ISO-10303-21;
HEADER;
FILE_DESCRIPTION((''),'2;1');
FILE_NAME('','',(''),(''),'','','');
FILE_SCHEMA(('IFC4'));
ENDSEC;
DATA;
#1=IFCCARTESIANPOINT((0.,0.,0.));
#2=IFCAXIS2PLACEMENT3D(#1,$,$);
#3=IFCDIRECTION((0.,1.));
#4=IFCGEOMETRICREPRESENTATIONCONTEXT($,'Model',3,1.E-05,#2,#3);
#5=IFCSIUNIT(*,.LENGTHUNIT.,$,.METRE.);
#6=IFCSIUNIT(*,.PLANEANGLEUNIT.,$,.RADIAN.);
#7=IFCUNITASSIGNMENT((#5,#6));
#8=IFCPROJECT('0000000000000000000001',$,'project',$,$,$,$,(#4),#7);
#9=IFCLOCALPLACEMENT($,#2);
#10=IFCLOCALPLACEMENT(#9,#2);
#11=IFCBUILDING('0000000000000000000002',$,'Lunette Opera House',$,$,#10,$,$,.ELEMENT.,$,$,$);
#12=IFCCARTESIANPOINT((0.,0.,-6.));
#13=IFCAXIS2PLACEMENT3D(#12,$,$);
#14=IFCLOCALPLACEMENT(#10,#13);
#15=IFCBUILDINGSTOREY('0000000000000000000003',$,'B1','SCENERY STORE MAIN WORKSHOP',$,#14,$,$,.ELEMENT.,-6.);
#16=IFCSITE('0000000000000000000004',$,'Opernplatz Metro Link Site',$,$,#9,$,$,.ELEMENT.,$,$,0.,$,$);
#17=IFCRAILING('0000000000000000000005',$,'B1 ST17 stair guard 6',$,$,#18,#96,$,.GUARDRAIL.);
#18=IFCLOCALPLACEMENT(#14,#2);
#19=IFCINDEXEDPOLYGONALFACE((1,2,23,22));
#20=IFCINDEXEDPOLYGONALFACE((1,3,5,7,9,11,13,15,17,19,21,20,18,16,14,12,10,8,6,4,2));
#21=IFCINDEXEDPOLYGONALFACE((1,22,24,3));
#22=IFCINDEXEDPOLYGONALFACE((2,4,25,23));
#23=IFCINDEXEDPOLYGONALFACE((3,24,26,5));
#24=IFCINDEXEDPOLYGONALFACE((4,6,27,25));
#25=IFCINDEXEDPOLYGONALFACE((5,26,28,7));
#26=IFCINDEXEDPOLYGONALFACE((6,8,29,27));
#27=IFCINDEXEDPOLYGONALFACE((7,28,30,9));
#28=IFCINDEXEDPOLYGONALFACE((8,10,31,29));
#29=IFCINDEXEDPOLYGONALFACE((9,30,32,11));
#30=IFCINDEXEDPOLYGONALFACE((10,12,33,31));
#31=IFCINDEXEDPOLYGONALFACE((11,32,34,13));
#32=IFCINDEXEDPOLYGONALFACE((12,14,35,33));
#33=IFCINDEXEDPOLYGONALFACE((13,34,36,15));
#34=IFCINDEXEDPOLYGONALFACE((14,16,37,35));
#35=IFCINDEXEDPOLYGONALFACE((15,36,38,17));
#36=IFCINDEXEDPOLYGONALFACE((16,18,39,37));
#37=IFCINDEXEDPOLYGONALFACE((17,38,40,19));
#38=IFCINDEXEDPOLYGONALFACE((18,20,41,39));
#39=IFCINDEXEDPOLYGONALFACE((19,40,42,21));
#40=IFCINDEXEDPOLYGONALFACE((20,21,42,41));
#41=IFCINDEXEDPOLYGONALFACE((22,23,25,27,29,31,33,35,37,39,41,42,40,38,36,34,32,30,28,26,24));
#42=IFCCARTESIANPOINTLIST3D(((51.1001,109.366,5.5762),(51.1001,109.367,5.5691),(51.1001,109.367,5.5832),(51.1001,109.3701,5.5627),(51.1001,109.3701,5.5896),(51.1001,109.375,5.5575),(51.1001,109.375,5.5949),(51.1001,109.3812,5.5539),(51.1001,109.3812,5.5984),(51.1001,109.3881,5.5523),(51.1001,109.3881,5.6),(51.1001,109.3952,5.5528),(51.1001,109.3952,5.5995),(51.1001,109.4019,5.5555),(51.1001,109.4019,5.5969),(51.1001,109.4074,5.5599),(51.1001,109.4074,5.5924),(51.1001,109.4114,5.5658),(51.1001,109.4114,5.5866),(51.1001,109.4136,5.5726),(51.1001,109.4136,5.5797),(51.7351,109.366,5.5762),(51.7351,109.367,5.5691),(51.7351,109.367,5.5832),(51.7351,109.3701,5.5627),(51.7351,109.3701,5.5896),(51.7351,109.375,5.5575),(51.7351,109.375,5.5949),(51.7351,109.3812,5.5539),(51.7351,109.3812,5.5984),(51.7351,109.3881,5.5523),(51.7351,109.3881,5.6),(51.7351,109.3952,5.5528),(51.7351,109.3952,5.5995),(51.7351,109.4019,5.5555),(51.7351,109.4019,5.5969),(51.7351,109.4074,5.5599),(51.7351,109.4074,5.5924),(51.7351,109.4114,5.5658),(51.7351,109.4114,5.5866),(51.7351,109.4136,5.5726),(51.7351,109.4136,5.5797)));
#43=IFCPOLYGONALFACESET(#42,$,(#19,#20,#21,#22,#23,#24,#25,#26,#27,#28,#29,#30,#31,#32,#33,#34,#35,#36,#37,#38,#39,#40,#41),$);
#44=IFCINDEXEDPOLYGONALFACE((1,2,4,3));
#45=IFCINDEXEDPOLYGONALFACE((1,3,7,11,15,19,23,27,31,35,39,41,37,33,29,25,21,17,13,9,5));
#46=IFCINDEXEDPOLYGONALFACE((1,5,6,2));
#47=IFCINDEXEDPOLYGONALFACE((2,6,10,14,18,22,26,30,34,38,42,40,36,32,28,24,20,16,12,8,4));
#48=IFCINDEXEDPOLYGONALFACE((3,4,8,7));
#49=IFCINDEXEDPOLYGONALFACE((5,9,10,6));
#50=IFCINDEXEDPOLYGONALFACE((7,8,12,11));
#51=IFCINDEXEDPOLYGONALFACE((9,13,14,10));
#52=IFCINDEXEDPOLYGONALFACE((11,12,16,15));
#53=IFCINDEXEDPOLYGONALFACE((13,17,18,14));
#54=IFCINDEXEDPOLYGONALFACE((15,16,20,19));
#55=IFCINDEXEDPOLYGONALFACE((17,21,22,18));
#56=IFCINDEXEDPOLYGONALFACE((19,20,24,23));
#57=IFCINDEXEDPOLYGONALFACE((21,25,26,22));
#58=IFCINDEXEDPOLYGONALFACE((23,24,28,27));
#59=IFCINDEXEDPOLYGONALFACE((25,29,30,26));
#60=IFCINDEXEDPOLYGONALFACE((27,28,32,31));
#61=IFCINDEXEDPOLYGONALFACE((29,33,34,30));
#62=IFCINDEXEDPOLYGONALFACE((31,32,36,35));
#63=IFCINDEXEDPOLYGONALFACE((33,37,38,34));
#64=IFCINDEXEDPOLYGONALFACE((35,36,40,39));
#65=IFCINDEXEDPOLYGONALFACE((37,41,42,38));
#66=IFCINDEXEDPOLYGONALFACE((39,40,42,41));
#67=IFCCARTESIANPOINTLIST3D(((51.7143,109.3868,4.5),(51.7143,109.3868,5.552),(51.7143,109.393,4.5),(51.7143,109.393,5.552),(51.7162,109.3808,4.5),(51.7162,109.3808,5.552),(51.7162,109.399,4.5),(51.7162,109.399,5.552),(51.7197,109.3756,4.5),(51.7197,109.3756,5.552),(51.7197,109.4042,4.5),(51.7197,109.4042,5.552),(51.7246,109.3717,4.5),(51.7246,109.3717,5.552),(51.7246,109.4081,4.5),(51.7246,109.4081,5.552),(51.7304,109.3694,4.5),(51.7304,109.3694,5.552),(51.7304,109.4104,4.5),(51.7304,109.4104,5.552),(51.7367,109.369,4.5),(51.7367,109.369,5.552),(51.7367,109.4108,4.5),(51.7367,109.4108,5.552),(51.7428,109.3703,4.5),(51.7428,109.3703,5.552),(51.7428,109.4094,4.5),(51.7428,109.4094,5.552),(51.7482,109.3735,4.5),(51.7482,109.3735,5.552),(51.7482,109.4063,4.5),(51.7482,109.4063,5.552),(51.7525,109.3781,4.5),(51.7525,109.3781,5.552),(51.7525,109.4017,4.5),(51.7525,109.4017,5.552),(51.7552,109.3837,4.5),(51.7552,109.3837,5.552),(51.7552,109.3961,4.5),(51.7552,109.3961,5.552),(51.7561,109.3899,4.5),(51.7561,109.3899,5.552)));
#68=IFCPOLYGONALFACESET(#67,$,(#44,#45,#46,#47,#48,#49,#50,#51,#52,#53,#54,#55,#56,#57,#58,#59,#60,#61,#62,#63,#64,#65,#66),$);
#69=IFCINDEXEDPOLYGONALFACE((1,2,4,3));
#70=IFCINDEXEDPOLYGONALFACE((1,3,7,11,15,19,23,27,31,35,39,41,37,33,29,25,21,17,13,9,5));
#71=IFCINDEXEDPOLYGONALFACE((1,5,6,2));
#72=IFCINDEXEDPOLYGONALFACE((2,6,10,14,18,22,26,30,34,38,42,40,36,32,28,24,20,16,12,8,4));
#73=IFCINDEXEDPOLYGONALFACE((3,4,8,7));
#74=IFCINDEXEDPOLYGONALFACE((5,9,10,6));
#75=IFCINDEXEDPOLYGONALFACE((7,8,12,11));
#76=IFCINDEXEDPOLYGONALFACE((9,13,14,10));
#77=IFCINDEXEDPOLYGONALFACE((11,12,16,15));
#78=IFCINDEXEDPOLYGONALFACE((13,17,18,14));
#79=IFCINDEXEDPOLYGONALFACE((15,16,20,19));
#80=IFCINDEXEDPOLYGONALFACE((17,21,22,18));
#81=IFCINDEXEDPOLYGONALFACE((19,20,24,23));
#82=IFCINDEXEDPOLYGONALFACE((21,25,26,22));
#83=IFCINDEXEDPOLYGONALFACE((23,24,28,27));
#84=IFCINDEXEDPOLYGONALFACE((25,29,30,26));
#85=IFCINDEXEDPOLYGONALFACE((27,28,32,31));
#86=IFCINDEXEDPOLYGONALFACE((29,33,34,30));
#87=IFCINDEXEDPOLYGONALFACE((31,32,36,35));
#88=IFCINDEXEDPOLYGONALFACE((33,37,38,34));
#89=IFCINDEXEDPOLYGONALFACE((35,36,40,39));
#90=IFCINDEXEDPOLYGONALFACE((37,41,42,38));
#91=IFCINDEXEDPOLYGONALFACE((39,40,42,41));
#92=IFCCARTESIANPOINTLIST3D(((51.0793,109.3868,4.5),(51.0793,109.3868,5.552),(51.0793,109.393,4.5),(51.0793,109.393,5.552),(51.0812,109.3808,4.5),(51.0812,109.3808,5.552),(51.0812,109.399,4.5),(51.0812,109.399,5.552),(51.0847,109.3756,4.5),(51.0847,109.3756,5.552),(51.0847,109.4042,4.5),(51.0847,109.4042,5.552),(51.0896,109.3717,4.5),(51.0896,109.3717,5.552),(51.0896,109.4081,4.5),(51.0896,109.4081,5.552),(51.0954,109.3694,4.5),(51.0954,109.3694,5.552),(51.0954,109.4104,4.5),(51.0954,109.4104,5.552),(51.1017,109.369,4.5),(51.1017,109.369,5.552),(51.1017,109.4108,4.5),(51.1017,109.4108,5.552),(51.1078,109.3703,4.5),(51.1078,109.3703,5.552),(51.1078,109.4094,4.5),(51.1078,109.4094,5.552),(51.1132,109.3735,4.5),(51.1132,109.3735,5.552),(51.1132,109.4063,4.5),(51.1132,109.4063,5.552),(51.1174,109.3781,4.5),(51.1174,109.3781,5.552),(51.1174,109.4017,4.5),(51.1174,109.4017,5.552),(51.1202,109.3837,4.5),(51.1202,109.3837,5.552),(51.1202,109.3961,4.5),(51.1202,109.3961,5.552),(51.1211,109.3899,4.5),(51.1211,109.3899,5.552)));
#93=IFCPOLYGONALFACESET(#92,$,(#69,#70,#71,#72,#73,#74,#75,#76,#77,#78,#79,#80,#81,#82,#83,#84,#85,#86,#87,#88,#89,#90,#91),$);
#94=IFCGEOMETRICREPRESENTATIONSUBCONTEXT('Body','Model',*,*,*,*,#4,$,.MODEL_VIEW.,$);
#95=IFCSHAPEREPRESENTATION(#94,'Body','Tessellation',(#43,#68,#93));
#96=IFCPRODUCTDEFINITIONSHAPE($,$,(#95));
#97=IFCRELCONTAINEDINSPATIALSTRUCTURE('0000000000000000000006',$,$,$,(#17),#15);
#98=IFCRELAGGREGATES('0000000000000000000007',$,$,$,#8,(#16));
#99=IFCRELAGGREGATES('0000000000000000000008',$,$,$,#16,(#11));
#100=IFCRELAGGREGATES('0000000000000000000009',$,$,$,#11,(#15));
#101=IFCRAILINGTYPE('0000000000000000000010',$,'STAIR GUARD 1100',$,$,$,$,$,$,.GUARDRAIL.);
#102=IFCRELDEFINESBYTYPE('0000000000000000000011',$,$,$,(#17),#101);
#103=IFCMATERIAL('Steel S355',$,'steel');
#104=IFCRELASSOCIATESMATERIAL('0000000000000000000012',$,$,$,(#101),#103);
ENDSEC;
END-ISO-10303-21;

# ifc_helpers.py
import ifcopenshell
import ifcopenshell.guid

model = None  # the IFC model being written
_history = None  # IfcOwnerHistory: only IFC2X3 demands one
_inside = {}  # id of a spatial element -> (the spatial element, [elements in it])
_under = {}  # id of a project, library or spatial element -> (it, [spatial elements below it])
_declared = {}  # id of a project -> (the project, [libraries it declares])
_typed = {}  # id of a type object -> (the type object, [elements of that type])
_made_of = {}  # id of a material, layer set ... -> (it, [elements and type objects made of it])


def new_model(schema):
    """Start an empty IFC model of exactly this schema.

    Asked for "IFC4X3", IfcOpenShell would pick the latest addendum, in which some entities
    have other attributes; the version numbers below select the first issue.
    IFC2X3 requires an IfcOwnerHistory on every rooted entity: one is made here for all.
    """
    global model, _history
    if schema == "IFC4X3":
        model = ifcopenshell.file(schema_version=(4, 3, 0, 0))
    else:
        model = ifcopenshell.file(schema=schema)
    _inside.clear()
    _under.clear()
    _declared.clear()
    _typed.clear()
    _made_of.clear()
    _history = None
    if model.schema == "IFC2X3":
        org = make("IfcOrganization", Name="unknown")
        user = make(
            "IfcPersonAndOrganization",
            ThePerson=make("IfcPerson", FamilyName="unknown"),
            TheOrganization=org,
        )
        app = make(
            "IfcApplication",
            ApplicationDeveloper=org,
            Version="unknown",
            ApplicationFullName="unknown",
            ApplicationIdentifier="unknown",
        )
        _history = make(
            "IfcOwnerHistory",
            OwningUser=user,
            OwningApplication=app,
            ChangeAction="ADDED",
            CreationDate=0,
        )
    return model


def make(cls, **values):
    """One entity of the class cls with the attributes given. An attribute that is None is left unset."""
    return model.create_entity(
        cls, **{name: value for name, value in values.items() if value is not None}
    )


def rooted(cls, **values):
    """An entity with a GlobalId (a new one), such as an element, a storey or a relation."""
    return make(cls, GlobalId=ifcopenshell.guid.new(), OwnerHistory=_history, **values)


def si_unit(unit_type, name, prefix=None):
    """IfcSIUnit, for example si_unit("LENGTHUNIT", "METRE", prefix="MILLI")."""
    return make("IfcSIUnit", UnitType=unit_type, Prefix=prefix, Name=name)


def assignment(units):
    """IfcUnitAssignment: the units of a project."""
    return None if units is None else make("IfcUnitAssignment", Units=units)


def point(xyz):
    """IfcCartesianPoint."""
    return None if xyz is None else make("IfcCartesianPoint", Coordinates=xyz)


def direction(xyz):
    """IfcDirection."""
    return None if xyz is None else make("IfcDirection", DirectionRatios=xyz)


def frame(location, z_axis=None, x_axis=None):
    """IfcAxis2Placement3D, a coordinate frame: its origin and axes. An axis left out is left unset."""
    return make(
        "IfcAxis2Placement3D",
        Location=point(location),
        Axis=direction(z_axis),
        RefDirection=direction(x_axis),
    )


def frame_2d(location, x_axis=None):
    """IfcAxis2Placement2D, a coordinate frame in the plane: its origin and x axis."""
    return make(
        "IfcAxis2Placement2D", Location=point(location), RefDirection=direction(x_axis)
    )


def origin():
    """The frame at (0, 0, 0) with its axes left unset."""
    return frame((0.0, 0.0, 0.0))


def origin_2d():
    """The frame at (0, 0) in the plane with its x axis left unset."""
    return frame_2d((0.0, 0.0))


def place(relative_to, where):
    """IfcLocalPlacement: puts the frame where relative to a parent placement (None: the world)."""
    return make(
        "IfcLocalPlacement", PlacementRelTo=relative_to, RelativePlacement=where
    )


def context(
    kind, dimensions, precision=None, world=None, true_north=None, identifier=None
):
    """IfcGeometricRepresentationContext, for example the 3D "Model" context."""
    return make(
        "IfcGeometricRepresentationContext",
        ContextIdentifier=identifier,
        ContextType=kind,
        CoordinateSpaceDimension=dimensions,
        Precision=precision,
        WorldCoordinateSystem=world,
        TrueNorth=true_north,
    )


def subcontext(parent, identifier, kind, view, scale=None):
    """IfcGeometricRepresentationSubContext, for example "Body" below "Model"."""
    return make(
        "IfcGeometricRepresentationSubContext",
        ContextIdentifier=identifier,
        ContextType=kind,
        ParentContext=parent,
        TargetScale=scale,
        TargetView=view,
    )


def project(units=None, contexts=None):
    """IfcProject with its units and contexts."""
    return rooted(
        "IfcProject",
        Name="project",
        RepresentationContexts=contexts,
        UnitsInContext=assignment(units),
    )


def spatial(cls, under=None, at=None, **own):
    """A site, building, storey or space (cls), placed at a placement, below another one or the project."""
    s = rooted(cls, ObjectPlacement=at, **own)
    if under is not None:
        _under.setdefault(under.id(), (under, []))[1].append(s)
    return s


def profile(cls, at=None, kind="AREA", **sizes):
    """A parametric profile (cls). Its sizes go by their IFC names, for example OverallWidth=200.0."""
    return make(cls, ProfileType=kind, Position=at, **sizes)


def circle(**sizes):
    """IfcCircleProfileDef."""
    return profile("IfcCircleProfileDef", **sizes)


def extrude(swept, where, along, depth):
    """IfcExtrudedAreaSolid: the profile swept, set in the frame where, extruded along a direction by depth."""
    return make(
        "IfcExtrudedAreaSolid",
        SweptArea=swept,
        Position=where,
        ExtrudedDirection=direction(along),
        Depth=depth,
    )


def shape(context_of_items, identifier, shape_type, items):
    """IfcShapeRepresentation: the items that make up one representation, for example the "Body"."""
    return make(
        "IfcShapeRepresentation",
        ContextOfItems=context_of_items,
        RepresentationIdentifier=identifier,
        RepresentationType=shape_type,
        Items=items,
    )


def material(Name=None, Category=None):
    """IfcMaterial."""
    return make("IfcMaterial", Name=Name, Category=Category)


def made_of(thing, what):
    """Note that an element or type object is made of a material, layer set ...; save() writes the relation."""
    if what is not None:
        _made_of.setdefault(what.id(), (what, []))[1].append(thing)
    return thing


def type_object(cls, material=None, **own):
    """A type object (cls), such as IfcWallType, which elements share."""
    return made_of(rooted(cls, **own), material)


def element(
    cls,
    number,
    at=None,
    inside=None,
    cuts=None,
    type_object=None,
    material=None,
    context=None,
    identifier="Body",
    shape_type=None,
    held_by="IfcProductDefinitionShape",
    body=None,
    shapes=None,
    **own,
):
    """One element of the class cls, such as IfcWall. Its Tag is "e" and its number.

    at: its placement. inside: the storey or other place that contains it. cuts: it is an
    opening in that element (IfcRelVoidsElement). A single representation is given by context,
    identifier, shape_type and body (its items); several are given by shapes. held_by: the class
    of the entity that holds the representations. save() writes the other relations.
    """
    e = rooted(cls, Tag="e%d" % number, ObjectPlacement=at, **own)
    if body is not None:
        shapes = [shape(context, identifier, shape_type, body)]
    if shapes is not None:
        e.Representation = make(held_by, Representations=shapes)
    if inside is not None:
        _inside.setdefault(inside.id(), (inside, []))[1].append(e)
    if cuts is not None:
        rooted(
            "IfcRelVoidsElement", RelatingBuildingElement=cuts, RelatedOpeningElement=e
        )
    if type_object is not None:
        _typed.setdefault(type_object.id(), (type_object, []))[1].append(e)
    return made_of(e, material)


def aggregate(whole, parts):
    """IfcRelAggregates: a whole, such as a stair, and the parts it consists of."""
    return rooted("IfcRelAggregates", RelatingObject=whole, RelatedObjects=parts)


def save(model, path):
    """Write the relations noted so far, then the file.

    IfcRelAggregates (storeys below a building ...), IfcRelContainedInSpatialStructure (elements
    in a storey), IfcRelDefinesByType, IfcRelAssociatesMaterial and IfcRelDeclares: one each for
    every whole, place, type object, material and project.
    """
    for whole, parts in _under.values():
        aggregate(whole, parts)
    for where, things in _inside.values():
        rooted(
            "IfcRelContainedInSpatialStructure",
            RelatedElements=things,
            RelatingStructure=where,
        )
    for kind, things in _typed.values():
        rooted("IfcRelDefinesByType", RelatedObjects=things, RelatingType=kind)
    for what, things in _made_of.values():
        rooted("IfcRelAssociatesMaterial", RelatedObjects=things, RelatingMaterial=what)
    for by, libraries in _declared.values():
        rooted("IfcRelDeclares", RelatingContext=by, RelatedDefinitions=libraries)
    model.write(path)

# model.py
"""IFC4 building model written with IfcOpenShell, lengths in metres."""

from ifc_helpers import new_model, si_unit, direction, frame, origin, origin_2d, place, context, subcontext, project, spatial, circle, extrude, material, type_object, element, save


model = new_model("IFC4")

# Units and contexts
model_context = context("Model", 3, precision=1e-05, world=origin(), true_north=direction((0.0, 1.0)))
body_context = subcontext(model_context, "Body", "Model", "MODEL_VIEW")
ifc_project = project(units=[si_unit("LENGTHUNIT", "METRE"), si_unit("PLANEANGLEUNIT", "RADIAN")], contexts=[model_context])

# Site, building, storey
site_placement = place(None, origin())
site = spatial("IfcSite", under=ifc_project, at=site_placement, Name="Opernplatz Metro Link Site", CompositionType="ELEMENT", RefElevation=0.0)
building_placement = place(site_placement, origin())
building = spatial("IfcBuilding", under=site, at=building_placement, Name="Lunette Opera House", CompositionType="ELEMENT")
storey_placement = place(building_placement, frame((0.0, 0.0, -6.0)))
storey = spatial("IfcBuildingStorey", under=building, at=storey_placement, Name="B1", Description="SCENERY STORE MAIN WORKSHOP", CompositionType="ELEMENT", Elevation=-6.0)

# Railing
ifc_material_1 = material(Name="Steel S355", Category="steel")
railing_type_1 = type_object("IfcRailingType", Name="STAIR GUARD 1100", PredefinedType="GUARDRAIL", material=ifc_material_1)
railing_1_placement = place(storey_placement, frame((51.7351, 109.3899, 4.5)))
element("IfcRailing", 1, at=railing_1_placement, inside=storey, type_object=railing_type_1, Name="B1 ST17 stair guard 6", PredefinedType="GUARDRAIL", context=body_context, shape_type="SweptSolid", body=[
    extrude(circle(Radius=0.0239, at=origin_2d()), frame((0.0, 0.0, 1.0762), z_axis=(-1.0, 0.0, 0.0), x_axis=(0.0, -1.0, 0.0)), (0.0, 0.0, 1.0), 0.635),
    extrude(circle(Radius=0.021, at=origin_2d()), origin(), (0.0, 0.0, 1.0), 1.052),
    extrude(circle(Radius=0.021, at=origin_2d()), frame((-0.635, 0.0, 0.0)), (0.0, 0.0, 1.0), 1.052),
])

save(model, "model.ifc")
